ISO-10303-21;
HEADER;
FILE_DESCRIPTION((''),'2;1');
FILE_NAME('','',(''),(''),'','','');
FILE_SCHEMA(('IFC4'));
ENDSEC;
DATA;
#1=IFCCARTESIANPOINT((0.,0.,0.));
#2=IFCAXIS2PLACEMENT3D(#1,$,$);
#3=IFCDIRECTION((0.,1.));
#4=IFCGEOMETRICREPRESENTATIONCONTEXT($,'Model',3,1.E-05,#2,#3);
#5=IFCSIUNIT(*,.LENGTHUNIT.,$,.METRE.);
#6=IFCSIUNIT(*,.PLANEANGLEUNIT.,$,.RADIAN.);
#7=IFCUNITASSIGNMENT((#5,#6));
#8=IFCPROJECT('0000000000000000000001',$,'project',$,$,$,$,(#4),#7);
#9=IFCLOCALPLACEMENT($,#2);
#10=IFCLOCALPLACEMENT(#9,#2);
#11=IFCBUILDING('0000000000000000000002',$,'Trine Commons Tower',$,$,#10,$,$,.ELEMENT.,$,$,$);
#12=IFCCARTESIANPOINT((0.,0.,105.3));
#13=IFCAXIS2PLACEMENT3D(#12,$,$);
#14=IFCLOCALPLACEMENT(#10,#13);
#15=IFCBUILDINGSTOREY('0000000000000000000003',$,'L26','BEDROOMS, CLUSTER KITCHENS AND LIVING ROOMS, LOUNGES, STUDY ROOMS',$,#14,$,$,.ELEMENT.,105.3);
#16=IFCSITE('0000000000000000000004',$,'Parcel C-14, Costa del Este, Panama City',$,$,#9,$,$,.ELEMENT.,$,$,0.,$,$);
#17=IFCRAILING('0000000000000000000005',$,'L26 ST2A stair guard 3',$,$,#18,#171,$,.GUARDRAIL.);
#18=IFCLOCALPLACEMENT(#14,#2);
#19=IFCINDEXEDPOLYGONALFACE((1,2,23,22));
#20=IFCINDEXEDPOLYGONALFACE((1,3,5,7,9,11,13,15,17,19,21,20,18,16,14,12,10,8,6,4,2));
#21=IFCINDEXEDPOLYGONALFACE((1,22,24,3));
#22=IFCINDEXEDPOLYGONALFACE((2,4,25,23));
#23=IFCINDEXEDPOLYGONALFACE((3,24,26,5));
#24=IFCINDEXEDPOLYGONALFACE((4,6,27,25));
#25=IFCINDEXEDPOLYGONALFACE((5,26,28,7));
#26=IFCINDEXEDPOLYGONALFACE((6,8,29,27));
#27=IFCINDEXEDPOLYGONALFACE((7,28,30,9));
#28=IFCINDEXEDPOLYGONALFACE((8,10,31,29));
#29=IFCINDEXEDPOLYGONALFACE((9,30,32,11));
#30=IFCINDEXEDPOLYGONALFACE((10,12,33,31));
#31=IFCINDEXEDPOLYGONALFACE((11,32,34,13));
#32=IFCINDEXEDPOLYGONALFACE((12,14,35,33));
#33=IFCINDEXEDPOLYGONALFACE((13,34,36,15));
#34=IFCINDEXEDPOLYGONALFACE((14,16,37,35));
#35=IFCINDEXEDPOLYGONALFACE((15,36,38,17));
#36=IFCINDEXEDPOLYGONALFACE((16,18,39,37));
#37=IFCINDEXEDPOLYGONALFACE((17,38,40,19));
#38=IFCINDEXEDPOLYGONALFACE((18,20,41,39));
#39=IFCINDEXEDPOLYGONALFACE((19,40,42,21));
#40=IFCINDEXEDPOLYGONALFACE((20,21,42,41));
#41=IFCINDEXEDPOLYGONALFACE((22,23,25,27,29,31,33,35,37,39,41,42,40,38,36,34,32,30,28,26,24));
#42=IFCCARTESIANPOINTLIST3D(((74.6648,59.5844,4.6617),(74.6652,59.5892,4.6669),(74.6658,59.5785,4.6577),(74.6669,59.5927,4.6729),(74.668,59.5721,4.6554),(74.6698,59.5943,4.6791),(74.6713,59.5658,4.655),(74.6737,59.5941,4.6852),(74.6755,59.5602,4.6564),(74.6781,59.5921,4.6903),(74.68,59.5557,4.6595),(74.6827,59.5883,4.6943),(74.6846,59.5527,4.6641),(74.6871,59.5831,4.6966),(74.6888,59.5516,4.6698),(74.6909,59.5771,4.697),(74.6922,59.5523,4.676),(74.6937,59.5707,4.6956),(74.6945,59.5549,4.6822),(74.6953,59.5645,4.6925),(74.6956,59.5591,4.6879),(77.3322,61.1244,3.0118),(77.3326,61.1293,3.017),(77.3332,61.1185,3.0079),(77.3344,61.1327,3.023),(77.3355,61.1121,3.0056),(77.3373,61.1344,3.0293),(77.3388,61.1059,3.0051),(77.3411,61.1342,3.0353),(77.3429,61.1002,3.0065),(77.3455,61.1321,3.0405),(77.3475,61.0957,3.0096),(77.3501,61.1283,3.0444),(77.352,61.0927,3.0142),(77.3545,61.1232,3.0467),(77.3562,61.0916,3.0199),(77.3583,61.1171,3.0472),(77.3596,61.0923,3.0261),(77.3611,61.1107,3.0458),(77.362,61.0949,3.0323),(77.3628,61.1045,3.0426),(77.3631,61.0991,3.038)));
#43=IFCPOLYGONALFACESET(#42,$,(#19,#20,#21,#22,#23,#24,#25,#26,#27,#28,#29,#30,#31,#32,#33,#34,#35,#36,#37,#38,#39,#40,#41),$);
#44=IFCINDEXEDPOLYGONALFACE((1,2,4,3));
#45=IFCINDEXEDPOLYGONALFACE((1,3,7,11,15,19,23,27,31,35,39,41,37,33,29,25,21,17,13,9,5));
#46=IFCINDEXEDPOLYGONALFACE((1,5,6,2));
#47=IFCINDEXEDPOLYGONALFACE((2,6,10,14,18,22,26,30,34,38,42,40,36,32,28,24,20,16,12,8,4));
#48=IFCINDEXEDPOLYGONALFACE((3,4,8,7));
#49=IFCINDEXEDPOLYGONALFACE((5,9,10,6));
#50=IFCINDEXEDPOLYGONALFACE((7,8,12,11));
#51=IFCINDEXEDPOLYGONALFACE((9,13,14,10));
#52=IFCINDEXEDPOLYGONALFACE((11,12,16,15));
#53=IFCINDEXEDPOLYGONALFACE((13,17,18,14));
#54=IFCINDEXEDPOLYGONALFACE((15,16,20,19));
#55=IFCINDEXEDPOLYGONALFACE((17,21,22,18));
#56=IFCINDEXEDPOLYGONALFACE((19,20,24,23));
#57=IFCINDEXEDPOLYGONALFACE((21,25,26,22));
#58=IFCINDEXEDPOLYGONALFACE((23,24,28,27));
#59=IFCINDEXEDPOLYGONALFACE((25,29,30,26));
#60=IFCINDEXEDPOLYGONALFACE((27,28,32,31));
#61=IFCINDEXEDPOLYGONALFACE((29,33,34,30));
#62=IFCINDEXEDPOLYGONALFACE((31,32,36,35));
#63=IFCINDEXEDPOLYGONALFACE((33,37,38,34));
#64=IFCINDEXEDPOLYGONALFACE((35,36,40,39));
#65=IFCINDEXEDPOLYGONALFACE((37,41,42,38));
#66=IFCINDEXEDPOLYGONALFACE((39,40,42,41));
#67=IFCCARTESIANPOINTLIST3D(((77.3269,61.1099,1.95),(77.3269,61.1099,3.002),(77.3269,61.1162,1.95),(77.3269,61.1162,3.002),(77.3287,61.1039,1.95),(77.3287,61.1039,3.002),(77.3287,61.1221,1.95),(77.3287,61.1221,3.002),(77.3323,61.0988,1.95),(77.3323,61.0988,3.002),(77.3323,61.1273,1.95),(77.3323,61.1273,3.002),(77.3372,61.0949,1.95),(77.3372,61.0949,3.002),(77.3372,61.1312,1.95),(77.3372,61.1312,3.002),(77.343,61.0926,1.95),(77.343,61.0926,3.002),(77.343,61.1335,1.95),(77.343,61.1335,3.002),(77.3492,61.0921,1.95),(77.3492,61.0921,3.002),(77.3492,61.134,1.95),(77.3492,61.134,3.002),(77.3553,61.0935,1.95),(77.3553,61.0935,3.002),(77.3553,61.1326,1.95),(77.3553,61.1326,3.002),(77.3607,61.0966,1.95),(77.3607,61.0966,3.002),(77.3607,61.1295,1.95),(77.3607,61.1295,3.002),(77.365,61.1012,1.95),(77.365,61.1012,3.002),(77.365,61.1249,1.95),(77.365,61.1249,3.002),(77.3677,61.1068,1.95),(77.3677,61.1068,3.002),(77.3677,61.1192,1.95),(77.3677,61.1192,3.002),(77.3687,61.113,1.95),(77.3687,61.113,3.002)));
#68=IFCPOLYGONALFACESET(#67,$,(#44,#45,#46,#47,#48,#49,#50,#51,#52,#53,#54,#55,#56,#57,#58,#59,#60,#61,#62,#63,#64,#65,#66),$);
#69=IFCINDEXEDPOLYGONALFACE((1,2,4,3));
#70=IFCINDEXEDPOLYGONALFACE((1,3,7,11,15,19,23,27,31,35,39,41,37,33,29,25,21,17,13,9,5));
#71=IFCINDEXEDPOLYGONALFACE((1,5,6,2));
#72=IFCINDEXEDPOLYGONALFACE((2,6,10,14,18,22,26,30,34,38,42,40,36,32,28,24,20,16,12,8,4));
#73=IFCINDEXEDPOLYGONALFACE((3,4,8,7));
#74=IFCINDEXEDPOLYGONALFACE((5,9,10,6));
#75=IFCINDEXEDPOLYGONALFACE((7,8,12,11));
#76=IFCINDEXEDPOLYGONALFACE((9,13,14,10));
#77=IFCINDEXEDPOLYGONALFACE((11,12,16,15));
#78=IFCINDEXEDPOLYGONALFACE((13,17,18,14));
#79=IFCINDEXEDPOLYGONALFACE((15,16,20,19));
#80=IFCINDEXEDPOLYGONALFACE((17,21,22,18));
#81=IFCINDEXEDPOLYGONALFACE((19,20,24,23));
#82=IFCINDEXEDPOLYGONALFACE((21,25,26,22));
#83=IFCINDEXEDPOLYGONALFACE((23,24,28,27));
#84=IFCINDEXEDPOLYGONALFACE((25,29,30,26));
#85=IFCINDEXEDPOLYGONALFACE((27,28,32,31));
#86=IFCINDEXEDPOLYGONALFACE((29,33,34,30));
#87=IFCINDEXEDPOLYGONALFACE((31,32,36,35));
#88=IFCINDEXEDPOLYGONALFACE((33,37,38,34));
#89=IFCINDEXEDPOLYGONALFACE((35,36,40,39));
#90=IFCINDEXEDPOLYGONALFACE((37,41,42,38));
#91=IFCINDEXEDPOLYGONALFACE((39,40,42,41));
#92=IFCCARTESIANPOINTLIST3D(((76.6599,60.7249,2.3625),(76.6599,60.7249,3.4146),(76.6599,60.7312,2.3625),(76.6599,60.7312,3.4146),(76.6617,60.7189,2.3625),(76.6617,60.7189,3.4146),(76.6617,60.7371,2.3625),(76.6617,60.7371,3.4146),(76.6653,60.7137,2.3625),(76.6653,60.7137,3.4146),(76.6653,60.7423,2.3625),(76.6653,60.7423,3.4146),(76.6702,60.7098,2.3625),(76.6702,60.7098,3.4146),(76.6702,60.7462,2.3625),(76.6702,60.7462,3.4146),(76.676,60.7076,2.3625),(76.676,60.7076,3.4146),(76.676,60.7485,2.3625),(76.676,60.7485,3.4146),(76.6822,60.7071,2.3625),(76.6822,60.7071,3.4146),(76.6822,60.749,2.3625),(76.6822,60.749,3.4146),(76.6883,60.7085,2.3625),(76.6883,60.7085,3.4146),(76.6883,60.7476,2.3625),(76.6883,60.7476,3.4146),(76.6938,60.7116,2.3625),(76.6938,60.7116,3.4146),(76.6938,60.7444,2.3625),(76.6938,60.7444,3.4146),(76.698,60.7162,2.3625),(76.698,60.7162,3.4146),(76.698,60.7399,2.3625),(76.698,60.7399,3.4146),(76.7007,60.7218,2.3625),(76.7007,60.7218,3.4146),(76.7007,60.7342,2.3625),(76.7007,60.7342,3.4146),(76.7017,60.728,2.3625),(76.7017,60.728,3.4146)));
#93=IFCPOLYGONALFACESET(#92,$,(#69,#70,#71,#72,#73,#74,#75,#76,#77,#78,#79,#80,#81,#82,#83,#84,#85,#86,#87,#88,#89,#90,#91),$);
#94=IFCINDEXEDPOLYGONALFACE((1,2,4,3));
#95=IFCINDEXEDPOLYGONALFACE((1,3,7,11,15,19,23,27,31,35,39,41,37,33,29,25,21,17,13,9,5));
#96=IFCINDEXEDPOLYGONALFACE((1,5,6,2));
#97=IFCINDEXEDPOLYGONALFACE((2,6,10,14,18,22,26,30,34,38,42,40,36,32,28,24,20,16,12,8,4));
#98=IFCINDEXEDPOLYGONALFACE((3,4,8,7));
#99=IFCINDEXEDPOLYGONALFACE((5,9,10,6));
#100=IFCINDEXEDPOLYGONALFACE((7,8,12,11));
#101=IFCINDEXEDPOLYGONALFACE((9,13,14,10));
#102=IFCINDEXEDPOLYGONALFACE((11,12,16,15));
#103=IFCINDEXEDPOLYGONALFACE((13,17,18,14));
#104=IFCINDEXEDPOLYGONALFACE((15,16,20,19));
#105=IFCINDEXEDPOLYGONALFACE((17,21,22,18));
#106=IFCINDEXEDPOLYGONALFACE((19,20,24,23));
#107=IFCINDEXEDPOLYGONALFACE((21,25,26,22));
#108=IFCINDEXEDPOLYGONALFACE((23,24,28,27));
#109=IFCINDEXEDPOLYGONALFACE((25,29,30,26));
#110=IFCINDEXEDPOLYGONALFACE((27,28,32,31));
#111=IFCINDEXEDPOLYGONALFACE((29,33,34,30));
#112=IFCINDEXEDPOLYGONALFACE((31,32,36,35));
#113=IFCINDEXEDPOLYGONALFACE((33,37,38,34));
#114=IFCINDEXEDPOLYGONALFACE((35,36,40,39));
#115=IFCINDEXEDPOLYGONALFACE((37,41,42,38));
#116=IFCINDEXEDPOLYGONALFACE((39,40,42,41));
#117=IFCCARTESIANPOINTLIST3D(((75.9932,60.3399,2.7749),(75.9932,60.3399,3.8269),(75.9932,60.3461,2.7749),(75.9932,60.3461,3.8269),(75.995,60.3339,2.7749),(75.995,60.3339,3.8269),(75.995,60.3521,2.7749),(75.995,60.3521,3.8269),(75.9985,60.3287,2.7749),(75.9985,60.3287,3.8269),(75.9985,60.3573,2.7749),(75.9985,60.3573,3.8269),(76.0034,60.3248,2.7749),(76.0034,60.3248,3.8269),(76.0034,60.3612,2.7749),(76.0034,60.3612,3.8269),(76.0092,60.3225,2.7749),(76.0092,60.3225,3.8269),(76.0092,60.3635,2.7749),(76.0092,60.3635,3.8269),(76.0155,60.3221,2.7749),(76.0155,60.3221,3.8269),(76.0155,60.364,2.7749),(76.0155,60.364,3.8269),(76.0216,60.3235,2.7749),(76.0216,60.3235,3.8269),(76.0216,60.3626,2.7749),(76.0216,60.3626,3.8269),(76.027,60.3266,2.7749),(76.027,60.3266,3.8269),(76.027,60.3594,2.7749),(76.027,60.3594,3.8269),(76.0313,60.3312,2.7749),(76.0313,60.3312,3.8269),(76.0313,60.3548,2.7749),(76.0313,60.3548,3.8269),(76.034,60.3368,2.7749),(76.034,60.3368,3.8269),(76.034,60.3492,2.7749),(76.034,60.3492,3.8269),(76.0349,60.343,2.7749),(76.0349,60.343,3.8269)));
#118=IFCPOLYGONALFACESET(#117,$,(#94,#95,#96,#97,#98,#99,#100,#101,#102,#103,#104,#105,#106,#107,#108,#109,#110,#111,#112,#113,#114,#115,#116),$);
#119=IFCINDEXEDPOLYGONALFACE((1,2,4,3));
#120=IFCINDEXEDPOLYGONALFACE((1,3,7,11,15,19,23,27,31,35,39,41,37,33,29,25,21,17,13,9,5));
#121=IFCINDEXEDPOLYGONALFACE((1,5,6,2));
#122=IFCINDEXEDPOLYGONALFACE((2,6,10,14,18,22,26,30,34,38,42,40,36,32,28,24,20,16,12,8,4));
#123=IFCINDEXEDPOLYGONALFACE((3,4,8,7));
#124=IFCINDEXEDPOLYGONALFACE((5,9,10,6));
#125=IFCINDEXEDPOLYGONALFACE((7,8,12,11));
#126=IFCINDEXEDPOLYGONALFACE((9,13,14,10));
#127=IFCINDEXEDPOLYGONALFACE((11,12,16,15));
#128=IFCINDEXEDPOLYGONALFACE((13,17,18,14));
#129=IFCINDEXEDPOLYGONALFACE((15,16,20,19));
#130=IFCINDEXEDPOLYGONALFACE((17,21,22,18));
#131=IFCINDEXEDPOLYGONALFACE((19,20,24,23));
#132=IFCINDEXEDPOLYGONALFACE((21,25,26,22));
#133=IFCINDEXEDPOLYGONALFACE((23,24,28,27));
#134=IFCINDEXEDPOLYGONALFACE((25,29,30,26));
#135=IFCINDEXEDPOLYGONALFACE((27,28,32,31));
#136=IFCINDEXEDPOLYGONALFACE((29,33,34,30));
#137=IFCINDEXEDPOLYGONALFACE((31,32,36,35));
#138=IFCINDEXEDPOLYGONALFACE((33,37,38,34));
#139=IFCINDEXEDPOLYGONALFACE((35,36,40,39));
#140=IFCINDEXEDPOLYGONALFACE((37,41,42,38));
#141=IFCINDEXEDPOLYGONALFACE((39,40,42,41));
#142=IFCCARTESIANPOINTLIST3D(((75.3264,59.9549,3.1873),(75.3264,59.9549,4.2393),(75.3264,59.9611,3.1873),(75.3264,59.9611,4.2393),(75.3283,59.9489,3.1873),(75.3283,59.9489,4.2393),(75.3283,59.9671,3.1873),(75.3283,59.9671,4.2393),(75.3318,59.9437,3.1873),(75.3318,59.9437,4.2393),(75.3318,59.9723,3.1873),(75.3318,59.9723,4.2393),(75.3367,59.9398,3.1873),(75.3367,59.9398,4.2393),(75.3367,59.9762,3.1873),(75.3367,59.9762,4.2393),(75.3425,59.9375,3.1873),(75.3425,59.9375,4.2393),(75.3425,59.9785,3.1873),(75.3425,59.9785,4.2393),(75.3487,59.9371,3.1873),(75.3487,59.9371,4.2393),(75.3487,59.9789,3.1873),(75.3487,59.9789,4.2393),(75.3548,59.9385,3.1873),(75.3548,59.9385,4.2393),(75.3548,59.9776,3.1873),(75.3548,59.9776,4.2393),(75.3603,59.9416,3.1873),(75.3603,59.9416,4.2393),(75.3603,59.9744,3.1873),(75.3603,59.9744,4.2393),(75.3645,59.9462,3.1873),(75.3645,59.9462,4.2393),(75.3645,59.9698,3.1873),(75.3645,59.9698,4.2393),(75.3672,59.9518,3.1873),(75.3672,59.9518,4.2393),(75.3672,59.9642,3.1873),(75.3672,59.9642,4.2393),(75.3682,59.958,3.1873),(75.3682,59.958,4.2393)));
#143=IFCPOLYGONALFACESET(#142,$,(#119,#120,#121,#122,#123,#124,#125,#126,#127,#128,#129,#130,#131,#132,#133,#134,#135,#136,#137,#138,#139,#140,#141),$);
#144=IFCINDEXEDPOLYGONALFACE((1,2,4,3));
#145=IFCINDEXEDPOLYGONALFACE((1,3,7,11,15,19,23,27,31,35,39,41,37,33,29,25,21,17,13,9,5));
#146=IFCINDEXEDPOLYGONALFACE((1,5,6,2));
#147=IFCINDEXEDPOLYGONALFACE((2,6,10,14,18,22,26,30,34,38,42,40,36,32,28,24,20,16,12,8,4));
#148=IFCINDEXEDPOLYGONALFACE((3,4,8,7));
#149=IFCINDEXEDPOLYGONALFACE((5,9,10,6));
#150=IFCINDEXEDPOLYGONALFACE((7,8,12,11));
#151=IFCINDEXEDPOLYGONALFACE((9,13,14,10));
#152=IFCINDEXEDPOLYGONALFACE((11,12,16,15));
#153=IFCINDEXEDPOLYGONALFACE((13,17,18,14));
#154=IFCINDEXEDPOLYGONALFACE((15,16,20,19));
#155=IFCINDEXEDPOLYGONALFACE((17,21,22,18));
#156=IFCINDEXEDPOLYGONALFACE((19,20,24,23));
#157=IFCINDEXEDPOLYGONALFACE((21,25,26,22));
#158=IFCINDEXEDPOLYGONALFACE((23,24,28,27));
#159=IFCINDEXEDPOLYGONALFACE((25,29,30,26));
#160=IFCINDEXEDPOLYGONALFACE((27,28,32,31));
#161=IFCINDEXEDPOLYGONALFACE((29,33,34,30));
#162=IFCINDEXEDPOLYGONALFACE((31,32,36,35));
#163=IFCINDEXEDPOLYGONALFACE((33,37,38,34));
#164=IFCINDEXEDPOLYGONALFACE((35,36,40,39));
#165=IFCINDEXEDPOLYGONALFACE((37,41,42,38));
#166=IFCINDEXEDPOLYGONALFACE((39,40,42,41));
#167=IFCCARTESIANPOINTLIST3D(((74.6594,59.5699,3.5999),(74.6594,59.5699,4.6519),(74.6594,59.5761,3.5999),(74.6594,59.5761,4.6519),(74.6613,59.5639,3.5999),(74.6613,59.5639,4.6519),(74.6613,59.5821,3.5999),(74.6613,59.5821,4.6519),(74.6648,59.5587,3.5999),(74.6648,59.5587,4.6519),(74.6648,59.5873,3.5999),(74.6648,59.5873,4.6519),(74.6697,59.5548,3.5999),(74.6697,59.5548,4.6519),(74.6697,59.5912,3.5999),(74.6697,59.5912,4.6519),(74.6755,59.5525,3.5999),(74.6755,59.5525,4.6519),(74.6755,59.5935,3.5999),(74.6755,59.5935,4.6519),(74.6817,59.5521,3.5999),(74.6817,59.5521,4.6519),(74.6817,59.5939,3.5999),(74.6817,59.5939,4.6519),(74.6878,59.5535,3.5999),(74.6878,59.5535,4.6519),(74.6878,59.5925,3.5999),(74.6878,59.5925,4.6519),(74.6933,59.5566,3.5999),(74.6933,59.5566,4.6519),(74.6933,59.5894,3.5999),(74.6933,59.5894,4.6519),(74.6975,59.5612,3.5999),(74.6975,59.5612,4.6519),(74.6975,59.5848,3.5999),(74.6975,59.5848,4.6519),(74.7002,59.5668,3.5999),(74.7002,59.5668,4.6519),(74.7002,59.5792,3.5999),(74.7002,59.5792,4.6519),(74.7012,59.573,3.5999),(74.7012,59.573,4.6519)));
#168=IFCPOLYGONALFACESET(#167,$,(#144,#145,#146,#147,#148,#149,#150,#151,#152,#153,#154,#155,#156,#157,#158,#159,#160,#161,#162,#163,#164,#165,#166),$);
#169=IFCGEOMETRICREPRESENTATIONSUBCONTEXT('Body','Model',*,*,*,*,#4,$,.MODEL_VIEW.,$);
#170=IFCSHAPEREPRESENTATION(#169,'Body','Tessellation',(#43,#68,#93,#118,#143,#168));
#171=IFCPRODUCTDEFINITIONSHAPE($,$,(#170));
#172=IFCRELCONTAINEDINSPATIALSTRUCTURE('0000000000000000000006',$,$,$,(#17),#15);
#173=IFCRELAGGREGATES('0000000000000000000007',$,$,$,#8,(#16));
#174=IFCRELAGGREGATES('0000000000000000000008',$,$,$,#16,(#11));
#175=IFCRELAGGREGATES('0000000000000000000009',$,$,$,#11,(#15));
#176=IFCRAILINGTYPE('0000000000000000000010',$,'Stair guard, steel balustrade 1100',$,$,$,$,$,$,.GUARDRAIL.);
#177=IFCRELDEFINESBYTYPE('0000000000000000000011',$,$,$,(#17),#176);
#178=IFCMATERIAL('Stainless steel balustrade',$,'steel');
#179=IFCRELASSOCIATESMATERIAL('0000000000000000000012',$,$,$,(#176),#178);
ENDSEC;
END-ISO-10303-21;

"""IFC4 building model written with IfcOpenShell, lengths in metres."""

from ifc_helpers import new_model, si_unit, direction, frame, origin, origin_2d, place, context, subcontext, project, spatial, circle, extrude, material, type_object, element, save


model = new_model("IFC4")

# Units and contexts
model_context = context("Model", 3, precision=1e-05, world=origin(), true_north=direction((0.0, 1.0)))
body_context = subcontext(model_context, "Body", "Model", "MODEL_VIEW")
ifc_project = project(units=[si_unit("LENGTHUNIT", "METRE"), si_unit("PLANEANGLEUNIT", "RADIAN")], contexts=[model_context])

# Site, building, storey
site_placement = place(None, origin())
site = spatial("IfcSite", under=ifc_project, at=site_placement, Name="Parcel C-14, Costa del Este, Panama City", CompositionType="ELEMENT", RefElevation=0.0)
building_placement = place(site_placement, origin())
building = spatial("IfcBuilding", under=site, at=building_placement, Name="Trine Commons Tower", CompositionType="ELEMENT")
storey_placement = place(building_placement, frame((0.0, 0.0, 105.3)))
storey = spatial("IfcBuildingStorey", under=building, at=storey_placement, Name="L26", Description="BEDROOMS, CLUSTER KITCHENS AND LIVING ROOMS, LOUNGES, STUDY ROOMS", CompositionType="ELEMENT", Elevation=105.3)

# Railing
ifc_material_1 = material(Name="Stainless steel balustrade", Category="steel")
railing_type_1 = type_object("IfcRailingType", Name="Stair guard, steel balustrade 1100", PredefinedType="GUARDRAIL", material=ifc_material_1)
railing_1_placement = place(storey_placement, frame((77.3477, 61.113, 1.95)))
element("IfcRailing", 1, at=railing_1_placement, inside=storey, type_object=railing_type_1, Name="L26 ST2A stair guard 3", PredefinedType="GUARDRAIL", context=body_context, shape_type="SweptSolid", body=[
    extrude(circle(Radius=0.0239, at=origin_2d()), frame((0.0, 0.0, 1.0762), z_axis=(-0.763405, -0.440743, 0.472185), x_axis=(0.499992, -0.86603, 0.0)), (0.0, 0.0, 1.0), 3.4941),
    extrude(circle(Radius=0.021, at=origin_2d()), origin(), (0.0, 0.0, 1.0), 1.052),
    extrude(circle(Radius=0.021, at=origin_2d()), frame((-0.667, -0.385, 0.4126)), (0.0, 0.0, 1.0), 1.052),
    extrude(circle(Radius=0.021, at=origin_2d()), frame((-1.3337, -0.77, 0.825)), (0.0, 0.0, 1.0), 1.052),
    extrude(circle(Radius=0.021, at=origin_2d()), frame((-2.0005, -1.155, 1.2373)), (0.0, 0.0, 1.0), 1.052),
    extrude(circle(Radius=0.021, at=origin_2d()), frame((-2.6675, -1.54, 1.6499)), (0.0, 0.0, 1.0), 1.052),
])

save(model, "model.ifc")
